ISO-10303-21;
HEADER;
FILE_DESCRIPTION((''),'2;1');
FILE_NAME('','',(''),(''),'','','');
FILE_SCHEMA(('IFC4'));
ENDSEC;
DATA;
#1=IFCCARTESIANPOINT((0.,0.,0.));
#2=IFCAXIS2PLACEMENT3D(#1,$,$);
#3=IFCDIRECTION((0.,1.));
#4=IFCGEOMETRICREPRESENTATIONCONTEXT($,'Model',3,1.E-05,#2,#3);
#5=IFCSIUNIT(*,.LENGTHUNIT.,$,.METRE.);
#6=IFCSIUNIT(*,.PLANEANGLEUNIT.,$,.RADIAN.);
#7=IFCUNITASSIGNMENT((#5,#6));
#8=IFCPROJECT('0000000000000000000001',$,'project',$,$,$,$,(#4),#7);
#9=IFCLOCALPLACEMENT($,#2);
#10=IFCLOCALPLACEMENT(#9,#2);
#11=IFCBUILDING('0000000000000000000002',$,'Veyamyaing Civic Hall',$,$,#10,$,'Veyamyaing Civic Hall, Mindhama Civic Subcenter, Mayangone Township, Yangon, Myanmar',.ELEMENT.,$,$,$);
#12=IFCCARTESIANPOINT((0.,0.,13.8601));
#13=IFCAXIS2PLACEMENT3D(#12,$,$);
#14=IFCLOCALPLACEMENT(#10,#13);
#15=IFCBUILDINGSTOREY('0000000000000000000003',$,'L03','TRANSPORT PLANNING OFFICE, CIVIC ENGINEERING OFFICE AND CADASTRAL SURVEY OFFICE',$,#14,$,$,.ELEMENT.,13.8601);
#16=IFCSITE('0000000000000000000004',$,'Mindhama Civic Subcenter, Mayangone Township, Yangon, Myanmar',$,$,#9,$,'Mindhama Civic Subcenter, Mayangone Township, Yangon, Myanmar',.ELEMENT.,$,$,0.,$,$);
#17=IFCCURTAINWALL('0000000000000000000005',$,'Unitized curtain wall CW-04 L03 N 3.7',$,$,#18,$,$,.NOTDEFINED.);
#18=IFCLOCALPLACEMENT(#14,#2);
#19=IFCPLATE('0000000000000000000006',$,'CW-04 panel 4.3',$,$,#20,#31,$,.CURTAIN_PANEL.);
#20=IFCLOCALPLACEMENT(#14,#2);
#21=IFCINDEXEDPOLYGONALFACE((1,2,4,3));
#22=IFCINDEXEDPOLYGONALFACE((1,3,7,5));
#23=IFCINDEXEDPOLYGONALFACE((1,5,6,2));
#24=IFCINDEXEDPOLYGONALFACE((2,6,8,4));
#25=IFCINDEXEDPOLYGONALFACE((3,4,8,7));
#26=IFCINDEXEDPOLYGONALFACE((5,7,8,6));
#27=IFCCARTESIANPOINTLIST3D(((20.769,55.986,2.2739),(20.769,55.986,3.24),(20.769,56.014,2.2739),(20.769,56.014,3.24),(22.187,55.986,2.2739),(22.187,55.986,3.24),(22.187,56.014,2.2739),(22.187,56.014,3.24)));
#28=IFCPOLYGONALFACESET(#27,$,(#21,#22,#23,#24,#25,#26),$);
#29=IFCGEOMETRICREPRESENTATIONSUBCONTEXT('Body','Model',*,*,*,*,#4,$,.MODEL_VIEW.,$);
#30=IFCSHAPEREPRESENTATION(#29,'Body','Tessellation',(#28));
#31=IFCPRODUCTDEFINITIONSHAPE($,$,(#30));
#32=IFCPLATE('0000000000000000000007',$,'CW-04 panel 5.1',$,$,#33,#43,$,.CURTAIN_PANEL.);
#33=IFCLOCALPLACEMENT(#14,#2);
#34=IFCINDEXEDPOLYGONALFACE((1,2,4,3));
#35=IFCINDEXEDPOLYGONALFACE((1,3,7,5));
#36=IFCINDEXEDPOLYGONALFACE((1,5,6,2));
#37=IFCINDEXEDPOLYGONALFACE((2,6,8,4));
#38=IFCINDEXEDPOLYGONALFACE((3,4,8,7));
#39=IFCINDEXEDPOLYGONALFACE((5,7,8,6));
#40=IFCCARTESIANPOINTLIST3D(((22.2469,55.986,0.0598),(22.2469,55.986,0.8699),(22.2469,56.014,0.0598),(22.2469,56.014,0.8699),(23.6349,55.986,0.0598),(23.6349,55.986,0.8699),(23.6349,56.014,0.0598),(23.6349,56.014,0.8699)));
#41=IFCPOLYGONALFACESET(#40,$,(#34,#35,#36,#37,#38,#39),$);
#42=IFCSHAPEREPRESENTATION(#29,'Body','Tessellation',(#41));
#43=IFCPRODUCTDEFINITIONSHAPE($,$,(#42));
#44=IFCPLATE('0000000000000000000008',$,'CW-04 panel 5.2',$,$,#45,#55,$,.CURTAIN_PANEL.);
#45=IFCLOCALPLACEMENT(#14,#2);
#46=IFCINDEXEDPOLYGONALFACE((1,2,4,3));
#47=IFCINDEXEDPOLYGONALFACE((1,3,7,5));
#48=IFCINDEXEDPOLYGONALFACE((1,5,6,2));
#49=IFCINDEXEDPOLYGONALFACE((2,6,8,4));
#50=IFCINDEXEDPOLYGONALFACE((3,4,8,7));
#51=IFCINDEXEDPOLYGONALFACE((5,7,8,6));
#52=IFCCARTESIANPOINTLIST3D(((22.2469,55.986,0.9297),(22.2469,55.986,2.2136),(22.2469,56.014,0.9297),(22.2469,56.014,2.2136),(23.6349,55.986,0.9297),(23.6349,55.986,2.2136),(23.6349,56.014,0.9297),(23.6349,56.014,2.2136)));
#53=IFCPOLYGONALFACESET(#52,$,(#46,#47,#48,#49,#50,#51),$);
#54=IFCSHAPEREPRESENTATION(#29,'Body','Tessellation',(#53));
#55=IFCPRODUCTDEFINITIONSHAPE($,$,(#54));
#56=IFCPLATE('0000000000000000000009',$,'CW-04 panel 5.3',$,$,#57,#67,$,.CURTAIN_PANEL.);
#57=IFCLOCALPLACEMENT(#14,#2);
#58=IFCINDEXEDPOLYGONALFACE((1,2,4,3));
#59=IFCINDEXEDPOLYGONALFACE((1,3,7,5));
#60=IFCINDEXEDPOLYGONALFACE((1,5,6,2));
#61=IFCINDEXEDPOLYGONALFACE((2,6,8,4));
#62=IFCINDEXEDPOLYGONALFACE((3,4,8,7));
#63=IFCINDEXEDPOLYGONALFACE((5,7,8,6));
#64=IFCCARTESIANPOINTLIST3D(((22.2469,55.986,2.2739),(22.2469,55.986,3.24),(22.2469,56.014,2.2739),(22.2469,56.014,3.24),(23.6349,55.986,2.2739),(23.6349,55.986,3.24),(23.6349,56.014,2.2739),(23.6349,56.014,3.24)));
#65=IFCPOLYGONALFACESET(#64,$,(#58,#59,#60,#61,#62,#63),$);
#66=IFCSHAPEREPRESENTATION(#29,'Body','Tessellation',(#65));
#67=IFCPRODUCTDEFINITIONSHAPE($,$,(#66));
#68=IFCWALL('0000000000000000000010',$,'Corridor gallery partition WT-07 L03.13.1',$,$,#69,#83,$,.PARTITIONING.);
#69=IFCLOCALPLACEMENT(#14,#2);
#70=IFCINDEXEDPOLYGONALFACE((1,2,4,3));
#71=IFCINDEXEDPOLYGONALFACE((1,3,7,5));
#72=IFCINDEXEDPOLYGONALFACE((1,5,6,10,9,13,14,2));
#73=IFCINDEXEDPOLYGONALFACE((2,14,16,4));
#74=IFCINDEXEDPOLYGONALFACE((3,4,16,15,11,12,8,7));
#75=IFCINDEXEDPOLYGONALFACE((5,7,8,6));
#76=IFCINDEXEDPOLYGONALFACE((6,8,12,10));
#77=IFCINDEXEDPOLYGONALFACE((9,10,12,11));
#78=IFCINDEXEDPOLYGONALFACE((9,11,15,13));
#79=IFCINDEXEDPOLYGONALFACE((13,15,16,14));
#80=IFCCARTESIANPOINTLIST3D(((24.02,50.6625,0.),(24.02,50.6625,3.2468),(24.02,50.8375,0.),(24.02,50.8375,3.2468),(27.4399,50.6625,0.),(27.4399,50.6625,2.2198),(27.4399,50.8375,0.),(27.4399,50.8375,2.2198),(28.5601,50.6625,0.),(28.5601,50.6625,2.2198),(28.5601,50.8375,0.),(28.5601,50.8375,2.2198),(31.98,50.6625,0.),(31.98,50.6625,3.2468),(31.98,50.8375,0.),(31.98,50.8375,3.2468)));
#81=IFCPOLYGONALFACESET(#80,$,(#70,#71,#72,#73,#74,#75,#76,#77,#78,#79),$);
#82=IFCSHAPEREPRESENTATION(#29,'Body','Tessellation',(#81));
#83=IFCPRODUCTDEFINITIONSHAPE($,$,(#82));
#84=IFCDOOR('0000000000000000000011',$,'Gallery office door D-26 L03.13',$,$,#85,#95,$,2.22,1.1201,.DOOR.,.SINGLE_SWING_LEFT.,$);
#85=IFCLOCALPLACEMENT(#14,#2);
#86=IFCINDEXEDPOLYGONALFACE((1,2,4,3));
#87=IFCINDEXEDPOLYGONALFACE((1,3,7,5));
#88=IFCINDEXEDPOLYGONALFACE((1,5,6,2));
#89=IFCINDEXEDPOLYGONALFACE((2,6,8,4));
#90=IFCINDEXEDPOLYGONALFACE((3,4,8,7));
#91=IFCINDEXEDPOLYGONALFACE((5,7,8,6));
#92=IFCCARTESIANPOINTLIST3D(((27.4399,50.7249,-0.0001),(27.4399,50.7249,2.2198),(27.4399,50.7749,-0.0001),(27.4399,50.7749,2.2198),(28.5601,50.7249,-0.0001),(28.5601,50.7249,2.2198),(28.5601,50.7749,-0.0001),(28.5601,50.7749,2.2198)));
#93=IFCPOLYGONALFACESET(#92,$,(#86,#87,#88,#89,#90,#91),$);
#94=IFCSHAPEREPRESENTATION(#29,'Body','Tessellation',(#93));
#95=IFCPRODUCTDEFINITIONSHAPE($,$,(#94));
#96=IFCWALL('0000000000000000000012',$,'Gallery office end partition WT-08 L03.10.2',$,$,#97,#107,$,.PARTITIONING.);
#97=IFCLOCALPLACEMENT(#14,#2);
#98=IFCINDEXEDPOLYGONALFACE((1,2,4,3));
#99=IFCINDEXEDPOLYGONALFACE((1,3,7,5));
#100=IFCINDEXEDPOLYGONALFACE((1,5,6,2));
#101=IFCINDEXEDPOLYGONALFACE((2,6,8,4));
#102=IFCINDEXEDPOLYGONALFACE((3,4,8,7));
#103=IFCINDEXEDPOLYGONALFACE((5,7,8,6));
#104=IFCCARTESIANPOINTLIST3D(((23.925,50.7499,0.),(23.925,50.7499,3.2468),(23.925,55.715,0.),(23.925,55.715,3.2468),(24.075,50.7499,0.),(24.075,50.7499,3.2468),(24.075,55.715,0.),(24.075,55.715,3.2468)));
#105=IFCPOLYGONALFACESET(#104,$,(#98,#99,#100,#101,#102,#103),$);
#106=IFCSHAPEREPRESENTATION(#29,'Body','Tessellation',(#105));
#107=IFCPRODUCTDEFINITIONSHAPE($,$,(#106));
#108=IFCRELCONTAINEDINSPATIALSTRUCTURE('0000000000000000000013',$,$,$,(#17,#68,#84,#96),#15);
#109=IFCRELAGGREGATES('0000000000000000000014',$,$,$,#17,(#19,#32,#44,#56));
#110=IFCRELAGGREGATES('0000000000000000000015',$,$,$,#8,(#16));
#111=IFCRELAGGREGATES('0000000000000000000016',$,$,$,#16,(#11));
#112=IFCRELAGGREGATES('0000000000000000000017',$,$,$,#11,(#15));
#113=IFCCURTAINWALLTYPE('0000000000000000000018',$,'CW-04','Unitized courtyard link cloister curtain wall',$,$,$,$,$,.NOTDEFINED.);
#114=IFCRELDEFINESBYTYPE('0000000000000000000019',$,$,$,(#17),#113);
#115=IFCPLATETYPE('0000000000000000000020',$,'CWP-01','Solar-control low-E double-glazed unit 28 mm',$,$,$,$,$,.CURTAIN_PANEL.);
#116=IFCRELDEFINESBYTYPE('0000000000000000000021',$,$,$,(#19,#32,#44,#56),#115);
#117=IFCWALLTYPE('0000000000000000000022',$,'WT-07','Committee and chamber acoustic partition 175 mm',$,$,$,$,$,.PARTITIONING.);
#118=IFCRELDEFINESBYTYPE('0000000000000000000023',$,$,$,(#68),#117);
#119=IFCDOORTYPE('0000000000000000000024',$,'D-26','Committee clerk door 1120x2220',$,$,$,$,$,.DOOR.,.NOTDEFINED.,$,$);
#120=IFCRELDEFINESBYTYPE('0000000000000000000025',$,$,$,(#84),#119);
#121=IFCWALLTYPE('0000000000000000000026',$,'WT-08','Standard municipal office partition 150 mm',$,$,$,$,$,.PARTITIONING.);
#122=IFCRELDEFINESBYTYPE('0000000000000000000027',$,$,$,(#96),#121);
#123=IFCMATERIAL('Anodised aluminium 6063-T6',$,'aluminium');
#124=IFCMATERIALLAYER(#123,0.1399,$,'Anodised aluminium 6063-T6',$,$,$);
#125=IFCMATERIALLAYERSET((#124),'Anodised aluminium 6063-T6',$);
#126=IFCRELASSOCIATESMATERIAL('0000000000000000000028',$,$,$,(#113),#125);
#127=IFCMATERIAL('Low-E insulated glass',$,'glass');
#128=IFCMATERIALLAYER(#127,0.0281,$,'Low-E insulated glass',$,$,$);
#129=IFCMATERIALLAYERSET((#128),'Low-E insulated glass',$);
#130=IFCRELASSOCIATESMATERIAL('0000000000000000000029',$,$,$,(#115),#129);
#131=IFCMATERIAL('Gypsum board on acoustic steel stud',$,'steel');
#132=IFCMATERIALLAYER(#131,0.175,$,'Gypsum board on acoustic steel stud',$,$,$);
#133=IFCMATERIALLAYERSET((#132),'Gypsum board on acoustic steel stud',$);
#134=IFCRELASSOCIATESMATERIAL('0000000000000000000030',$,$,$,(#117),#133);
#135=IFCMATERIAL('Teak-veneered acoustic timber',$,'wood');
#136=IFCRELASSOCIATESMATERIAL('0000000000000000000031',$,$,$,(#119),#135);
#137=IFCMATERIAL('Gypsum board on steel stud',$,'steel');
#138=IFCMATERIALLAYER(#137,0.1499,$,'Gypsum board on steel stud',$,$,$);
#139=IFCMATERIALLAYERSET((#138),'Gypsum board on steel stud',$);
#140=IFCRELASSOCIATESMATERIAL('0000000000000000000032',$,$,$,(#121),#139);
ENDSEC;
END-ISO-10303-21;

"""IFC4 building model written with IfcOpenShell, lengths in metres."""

from ifc_helpers import new_model, si_unit, direction, frame, frame_2d, origin, origin_2d, place, context, subcontext, project, spatial, rectangle, extrude, material, layer, layer_set, type_object, element, fill, aggregate, save


model = new_model("IFC4")

# Units and contexts
model_context = context("Model", 3, precision=1e-05, world=origin(), true_north=direction((0.0, 1.0)))
body_context = subcontext(model_context, "Body", "Model", "MODEL_VIEW")
ifc_project = project(units=[si_unit("LENGTHUNIT", "METRE"), si_unit("PLANEANGLEUNIT", "RADIAN")], contexts=[model_context])

# Site, building, storey
site_placement = place(None, origin())
site = spatial("IfcSite", under=ifc_project, at=site_placement, Name="Mindhama Civic Subcenter, Mayangone Township, Yangon, Myanmar", LongName="Mindhama Civic Subcenter, Mayangone Township, Yangon, Myanmar", CompositionType="ELEMENT", RefElevation=0.0)
building_placement = place(site_placement, origin())
building = spatial("IfcBuilding", under=site, at=building_placement, Name="Veyamyaing Civic Hall", LongName="Veyamyaing Civic Hall, Mindhama Civic Subcenter, Mayangone Township, Yangon, Myanmar", CompositionType="ELEMENT")
storey_placement = place(building_placement, frame((0.0, 0.0, 13.8601)))
storey = spatial("IfcBuildingStorey", under=building, at=storey_placement, Name="L03", Description="TRANSPORT PLANNING OFFICE, CIVIC ENGINEERING OFFICE AND CADASTRAL SURVEY OFFICE", CompositionType="ELEMENT", Elevation=13.8601)

# Curtain wall
ifc_material_1 = material(Name="Anodised aluminium 6063-T6", Category="aluminium")
ifc_layer_1 = layer(ifc_material_1, 0.1399, Name="Anodised aluminium 6063-T6")
ifc_layer_set_1 = layer_set([ifc_layer_1], Name="Anodised aluminium 6063-T6")
curtain_wall_type = type_object("IfcCurtainWallType", Name="CW-04", Description="Unitized courtyard link cloister curtain wall", PredefinedType="NOTDEFINED", material=ifc_layer_set_1)
curtain_wall_1_placement = place(storey_placement, origin())
curtain_wall_1 = element("IfcCurtainWall", 1, at=curtain_wall_1_placement, inside=storey, type_object=curtain_wall_type, Name="Unitized curtain wall CW-04 L03 N 3.7", PredefinedType="NOTDEFINED")

# Plates
ifc_material_2 = material(Name="Low-E insulated glass", Category="glass")
ifc_layer_2 = layer(ifc_material_2, 0.0281, Name="Low-E insulated glass")
ifc_layer_set_2 = layer_set([ifc_layer_2], Name="Low-E insulated glass")
plate_type = type_object("IfcPlateType", Name="CWP-01", Description="Solar-control low-E double-glazed unit 28 mm", PredefinedType="CURTAIN_PANEL", material=ifc_layer_set_2)
plate_1_placement = place(storey_placement, frame((21.478, 56.0, 2.2739), z_axis=(0.0, 0.0, 1.0), x_axis=(1.0, 0.0, 0.0)))
plate_1 = element("IfcPlate", 2, at=plate_1_placement, type_object=plate_type, Name="CW-04 panel 4.3", PredefinedType="CURTAIN_PANEL", context=body_context, shape_type="SweptSolid", body=[
    extrude(rectangle(XDim=1.418, YDim=0.0281, at=origin_2d()), origin(), (0.0, 0.0, 1.0), 0.9661),
])
plate_2_placement = place(storey_placement, frame((22.9409, 56.0, 0.0598), z_axis=(0.0, 0.0, 1.0), x_axis=(1.0, 0.0, 0.0)))
plate_2 = element("IfcPlate", 3, at=plate_2_placement, type_object=plate_type, Name="CW-04 panel 5.1", PredefinedType="CURTAIN_PANEL", context=body_context, shape_type="SweptSolid", body=[
    extrude(rectangle(XDim=1.3879, YDim=0.0281, at=origin_2d()), origin(), (0.0, 0.0, 1.0), 0.8101),
])
plate_3_placement = place(storey_placement, frame((22.9409, 56.0, 0.9297), z_axis=(0.0, 0.0, 1.0), x_axis=(1.0, 0.0, 0.0)))
plate_3 = element("IfcPlate", 4, at=plate_3_placement, type_object=plate_type, Name="CW-04 panel 5.2", PredefinedType="CURTAIN_PANEL", context=body_context, shape_type="SweptSolid", body=[
    extrude(rectangle(XDim=1.3879, YDim=0.0281, at=origin_2d()), origin(), (0.0, 0.0, 1.0), 1.2839),
])
plate_4_placement = place(storey_placement, frame((22.9409, 56.0, 2.2739), z_axis=(0.0, 0.0, 1.0), x_axis=(1.0, 0.0, 0.0)))
plate_4 = element("IfcPlate", 5, at=plate_4_placement, type_object=plate_type, Name="CW-04 panel 5.3", PredefinedType="CURTAIN_PANEL", context=body_context, shape_type="SweptSolid", body=[
    extrude(rectangle(XDim=1.3879, YDim=0.0281, at=origin_2d()), origin(), (0.0, 0.0, 1.0), 0.9661),
])
aggregate(curtain_wall_1, [plate_1, plate_2, plate_3, plate_4])

# Wall, opening, door
ifc_material_3 = material(Name="Gypsum board on acoustic steel stud", Category="steel")
ifc_layer_3 = layer(ifc_material_3, 0.175, Name="Gypsum board on acoustic steel stud")
ifc_layer_set_3 = layer_set([ifc_layer_3], Name="Gypsum board on acoustic steel stud")
wall_type_1 = type_object("IfcWallType", Name="WT-07", Description="Committee and chamber acoustic partition 175 mm", PredefinedType="PARTITIONING", material=ifc_layer_set_3)
wall_1_placement = place(storey_placement, frame((24.02, 50.75, 0.0), z_axis=(0.0, 0.0, 1.0), x_axis=(1.0, 0.0, 0.0)))
wall_1 = element("IfcWall", 6, at=wall_1_placement, inside=storey, type_object=wall_type_1, Name="Corridor gallery partition WT-07 L03.13.1", PredefinedType="PARTITIONING", context=body_context, shape_type="SweptSolid", body=[
    extrude(rectangle(XDim=7.96, YDim=0.175, at=frame_2d((3.98, 0.0))), origin(), (0.0, 0.0, 1.0), 3.2468),
])
opening_placement = place(wall_1_placement, frame((3.4199, 0.0, 0.0)))
opening = element("IfcOpeningElement", 7, at=opening_placement, cuts=wall_1, PredefinedType="OPENING", context=body_context, shape_type="SweptSolid", body=[
    extrude(rectangle(XDim=1.1201, YDim=2.22, at=frame_2d((0.5601, 1.1099))), frame((0.0, 0.0974, 0.0), z_axis=(0.0, -1.0, 0.0), x_axis=(1.0, 0.0, 0.0)), (0.0, 0.0, 1.0), 0.1951),
])
ifc_material_4 = material(Name="Teak-veneered acoustic timber", Category="wood")
door_type = type_object("IfcDoorType", Name="D-26", Description="Committee clerk door 1120x2220", OperationType="NOTDEFINED", PredefinedType="DOOR", material=ifc_material_4)
door_placement = place(opening_placement, origin())
door = element("IfcDoor", 8, at=door_placement, inside=storey, type_object=door_type, Name="Gallery office door D-26 L03.13", OperationType="SINGLE_SWING_LEFT", OverallHeight=2.22, OverallWidth=1.1201, PredefinedType="DOOR", context=body_context, shape_type="SweptSolid", body=[
    extrude(rectangle(XDim=1.1201, YDim=2.22, at=frame_2d((0.5601, 1.1099))), frame((0.0, 0.0249, 0.0), z_axis=(0.0, -1.0, 0.0), x_axis=(1.0, 0.0, 0.0)), (0.0, 0.0, 1.0), 0.05),
])
fill(opening, door)

# Wall
ifc_material_5 = material(Name="Gypsum board on steel stud", Category="steel")
ifc_layer_4 = layer(ifc_material_5, 0.1499, Name="Gypsum board on steel stud")
ifc_layer_set_4 = layer_set([ifc_layer_4], Name="Gypsum board on steel stud")
wall_type_2 = type_object("IfcWallType", Name="WT-08", Description="Standard municipal office partition 150 mm", PredefinedType="PARTITIONING", material=ifc_layer_set_4)
wall_2_placement = place(storey_placement, frame((24.0, 50.75, 0.0), z_axis=(0.0, 0.0, 1.0), x_axis=(0.0, 1.0, 0.0)))
element("IfcWall", 9, at=wall_2_placement, inside=storey, type_object=wall_type_2, Name="Gallery office end partition WT-08 L03.10.2", PredefinedType="PARTITIONING", context=body_context, shape_type="SweptSolid", body=[
    extrude(rectangle(XDim=4.9651, YDim=0.1499, at=frame_2d((2.4824, 0.0))), origin(), (0.0, 0.0, 1.0), 3.2468),
])

save(model, "model.ifc")
